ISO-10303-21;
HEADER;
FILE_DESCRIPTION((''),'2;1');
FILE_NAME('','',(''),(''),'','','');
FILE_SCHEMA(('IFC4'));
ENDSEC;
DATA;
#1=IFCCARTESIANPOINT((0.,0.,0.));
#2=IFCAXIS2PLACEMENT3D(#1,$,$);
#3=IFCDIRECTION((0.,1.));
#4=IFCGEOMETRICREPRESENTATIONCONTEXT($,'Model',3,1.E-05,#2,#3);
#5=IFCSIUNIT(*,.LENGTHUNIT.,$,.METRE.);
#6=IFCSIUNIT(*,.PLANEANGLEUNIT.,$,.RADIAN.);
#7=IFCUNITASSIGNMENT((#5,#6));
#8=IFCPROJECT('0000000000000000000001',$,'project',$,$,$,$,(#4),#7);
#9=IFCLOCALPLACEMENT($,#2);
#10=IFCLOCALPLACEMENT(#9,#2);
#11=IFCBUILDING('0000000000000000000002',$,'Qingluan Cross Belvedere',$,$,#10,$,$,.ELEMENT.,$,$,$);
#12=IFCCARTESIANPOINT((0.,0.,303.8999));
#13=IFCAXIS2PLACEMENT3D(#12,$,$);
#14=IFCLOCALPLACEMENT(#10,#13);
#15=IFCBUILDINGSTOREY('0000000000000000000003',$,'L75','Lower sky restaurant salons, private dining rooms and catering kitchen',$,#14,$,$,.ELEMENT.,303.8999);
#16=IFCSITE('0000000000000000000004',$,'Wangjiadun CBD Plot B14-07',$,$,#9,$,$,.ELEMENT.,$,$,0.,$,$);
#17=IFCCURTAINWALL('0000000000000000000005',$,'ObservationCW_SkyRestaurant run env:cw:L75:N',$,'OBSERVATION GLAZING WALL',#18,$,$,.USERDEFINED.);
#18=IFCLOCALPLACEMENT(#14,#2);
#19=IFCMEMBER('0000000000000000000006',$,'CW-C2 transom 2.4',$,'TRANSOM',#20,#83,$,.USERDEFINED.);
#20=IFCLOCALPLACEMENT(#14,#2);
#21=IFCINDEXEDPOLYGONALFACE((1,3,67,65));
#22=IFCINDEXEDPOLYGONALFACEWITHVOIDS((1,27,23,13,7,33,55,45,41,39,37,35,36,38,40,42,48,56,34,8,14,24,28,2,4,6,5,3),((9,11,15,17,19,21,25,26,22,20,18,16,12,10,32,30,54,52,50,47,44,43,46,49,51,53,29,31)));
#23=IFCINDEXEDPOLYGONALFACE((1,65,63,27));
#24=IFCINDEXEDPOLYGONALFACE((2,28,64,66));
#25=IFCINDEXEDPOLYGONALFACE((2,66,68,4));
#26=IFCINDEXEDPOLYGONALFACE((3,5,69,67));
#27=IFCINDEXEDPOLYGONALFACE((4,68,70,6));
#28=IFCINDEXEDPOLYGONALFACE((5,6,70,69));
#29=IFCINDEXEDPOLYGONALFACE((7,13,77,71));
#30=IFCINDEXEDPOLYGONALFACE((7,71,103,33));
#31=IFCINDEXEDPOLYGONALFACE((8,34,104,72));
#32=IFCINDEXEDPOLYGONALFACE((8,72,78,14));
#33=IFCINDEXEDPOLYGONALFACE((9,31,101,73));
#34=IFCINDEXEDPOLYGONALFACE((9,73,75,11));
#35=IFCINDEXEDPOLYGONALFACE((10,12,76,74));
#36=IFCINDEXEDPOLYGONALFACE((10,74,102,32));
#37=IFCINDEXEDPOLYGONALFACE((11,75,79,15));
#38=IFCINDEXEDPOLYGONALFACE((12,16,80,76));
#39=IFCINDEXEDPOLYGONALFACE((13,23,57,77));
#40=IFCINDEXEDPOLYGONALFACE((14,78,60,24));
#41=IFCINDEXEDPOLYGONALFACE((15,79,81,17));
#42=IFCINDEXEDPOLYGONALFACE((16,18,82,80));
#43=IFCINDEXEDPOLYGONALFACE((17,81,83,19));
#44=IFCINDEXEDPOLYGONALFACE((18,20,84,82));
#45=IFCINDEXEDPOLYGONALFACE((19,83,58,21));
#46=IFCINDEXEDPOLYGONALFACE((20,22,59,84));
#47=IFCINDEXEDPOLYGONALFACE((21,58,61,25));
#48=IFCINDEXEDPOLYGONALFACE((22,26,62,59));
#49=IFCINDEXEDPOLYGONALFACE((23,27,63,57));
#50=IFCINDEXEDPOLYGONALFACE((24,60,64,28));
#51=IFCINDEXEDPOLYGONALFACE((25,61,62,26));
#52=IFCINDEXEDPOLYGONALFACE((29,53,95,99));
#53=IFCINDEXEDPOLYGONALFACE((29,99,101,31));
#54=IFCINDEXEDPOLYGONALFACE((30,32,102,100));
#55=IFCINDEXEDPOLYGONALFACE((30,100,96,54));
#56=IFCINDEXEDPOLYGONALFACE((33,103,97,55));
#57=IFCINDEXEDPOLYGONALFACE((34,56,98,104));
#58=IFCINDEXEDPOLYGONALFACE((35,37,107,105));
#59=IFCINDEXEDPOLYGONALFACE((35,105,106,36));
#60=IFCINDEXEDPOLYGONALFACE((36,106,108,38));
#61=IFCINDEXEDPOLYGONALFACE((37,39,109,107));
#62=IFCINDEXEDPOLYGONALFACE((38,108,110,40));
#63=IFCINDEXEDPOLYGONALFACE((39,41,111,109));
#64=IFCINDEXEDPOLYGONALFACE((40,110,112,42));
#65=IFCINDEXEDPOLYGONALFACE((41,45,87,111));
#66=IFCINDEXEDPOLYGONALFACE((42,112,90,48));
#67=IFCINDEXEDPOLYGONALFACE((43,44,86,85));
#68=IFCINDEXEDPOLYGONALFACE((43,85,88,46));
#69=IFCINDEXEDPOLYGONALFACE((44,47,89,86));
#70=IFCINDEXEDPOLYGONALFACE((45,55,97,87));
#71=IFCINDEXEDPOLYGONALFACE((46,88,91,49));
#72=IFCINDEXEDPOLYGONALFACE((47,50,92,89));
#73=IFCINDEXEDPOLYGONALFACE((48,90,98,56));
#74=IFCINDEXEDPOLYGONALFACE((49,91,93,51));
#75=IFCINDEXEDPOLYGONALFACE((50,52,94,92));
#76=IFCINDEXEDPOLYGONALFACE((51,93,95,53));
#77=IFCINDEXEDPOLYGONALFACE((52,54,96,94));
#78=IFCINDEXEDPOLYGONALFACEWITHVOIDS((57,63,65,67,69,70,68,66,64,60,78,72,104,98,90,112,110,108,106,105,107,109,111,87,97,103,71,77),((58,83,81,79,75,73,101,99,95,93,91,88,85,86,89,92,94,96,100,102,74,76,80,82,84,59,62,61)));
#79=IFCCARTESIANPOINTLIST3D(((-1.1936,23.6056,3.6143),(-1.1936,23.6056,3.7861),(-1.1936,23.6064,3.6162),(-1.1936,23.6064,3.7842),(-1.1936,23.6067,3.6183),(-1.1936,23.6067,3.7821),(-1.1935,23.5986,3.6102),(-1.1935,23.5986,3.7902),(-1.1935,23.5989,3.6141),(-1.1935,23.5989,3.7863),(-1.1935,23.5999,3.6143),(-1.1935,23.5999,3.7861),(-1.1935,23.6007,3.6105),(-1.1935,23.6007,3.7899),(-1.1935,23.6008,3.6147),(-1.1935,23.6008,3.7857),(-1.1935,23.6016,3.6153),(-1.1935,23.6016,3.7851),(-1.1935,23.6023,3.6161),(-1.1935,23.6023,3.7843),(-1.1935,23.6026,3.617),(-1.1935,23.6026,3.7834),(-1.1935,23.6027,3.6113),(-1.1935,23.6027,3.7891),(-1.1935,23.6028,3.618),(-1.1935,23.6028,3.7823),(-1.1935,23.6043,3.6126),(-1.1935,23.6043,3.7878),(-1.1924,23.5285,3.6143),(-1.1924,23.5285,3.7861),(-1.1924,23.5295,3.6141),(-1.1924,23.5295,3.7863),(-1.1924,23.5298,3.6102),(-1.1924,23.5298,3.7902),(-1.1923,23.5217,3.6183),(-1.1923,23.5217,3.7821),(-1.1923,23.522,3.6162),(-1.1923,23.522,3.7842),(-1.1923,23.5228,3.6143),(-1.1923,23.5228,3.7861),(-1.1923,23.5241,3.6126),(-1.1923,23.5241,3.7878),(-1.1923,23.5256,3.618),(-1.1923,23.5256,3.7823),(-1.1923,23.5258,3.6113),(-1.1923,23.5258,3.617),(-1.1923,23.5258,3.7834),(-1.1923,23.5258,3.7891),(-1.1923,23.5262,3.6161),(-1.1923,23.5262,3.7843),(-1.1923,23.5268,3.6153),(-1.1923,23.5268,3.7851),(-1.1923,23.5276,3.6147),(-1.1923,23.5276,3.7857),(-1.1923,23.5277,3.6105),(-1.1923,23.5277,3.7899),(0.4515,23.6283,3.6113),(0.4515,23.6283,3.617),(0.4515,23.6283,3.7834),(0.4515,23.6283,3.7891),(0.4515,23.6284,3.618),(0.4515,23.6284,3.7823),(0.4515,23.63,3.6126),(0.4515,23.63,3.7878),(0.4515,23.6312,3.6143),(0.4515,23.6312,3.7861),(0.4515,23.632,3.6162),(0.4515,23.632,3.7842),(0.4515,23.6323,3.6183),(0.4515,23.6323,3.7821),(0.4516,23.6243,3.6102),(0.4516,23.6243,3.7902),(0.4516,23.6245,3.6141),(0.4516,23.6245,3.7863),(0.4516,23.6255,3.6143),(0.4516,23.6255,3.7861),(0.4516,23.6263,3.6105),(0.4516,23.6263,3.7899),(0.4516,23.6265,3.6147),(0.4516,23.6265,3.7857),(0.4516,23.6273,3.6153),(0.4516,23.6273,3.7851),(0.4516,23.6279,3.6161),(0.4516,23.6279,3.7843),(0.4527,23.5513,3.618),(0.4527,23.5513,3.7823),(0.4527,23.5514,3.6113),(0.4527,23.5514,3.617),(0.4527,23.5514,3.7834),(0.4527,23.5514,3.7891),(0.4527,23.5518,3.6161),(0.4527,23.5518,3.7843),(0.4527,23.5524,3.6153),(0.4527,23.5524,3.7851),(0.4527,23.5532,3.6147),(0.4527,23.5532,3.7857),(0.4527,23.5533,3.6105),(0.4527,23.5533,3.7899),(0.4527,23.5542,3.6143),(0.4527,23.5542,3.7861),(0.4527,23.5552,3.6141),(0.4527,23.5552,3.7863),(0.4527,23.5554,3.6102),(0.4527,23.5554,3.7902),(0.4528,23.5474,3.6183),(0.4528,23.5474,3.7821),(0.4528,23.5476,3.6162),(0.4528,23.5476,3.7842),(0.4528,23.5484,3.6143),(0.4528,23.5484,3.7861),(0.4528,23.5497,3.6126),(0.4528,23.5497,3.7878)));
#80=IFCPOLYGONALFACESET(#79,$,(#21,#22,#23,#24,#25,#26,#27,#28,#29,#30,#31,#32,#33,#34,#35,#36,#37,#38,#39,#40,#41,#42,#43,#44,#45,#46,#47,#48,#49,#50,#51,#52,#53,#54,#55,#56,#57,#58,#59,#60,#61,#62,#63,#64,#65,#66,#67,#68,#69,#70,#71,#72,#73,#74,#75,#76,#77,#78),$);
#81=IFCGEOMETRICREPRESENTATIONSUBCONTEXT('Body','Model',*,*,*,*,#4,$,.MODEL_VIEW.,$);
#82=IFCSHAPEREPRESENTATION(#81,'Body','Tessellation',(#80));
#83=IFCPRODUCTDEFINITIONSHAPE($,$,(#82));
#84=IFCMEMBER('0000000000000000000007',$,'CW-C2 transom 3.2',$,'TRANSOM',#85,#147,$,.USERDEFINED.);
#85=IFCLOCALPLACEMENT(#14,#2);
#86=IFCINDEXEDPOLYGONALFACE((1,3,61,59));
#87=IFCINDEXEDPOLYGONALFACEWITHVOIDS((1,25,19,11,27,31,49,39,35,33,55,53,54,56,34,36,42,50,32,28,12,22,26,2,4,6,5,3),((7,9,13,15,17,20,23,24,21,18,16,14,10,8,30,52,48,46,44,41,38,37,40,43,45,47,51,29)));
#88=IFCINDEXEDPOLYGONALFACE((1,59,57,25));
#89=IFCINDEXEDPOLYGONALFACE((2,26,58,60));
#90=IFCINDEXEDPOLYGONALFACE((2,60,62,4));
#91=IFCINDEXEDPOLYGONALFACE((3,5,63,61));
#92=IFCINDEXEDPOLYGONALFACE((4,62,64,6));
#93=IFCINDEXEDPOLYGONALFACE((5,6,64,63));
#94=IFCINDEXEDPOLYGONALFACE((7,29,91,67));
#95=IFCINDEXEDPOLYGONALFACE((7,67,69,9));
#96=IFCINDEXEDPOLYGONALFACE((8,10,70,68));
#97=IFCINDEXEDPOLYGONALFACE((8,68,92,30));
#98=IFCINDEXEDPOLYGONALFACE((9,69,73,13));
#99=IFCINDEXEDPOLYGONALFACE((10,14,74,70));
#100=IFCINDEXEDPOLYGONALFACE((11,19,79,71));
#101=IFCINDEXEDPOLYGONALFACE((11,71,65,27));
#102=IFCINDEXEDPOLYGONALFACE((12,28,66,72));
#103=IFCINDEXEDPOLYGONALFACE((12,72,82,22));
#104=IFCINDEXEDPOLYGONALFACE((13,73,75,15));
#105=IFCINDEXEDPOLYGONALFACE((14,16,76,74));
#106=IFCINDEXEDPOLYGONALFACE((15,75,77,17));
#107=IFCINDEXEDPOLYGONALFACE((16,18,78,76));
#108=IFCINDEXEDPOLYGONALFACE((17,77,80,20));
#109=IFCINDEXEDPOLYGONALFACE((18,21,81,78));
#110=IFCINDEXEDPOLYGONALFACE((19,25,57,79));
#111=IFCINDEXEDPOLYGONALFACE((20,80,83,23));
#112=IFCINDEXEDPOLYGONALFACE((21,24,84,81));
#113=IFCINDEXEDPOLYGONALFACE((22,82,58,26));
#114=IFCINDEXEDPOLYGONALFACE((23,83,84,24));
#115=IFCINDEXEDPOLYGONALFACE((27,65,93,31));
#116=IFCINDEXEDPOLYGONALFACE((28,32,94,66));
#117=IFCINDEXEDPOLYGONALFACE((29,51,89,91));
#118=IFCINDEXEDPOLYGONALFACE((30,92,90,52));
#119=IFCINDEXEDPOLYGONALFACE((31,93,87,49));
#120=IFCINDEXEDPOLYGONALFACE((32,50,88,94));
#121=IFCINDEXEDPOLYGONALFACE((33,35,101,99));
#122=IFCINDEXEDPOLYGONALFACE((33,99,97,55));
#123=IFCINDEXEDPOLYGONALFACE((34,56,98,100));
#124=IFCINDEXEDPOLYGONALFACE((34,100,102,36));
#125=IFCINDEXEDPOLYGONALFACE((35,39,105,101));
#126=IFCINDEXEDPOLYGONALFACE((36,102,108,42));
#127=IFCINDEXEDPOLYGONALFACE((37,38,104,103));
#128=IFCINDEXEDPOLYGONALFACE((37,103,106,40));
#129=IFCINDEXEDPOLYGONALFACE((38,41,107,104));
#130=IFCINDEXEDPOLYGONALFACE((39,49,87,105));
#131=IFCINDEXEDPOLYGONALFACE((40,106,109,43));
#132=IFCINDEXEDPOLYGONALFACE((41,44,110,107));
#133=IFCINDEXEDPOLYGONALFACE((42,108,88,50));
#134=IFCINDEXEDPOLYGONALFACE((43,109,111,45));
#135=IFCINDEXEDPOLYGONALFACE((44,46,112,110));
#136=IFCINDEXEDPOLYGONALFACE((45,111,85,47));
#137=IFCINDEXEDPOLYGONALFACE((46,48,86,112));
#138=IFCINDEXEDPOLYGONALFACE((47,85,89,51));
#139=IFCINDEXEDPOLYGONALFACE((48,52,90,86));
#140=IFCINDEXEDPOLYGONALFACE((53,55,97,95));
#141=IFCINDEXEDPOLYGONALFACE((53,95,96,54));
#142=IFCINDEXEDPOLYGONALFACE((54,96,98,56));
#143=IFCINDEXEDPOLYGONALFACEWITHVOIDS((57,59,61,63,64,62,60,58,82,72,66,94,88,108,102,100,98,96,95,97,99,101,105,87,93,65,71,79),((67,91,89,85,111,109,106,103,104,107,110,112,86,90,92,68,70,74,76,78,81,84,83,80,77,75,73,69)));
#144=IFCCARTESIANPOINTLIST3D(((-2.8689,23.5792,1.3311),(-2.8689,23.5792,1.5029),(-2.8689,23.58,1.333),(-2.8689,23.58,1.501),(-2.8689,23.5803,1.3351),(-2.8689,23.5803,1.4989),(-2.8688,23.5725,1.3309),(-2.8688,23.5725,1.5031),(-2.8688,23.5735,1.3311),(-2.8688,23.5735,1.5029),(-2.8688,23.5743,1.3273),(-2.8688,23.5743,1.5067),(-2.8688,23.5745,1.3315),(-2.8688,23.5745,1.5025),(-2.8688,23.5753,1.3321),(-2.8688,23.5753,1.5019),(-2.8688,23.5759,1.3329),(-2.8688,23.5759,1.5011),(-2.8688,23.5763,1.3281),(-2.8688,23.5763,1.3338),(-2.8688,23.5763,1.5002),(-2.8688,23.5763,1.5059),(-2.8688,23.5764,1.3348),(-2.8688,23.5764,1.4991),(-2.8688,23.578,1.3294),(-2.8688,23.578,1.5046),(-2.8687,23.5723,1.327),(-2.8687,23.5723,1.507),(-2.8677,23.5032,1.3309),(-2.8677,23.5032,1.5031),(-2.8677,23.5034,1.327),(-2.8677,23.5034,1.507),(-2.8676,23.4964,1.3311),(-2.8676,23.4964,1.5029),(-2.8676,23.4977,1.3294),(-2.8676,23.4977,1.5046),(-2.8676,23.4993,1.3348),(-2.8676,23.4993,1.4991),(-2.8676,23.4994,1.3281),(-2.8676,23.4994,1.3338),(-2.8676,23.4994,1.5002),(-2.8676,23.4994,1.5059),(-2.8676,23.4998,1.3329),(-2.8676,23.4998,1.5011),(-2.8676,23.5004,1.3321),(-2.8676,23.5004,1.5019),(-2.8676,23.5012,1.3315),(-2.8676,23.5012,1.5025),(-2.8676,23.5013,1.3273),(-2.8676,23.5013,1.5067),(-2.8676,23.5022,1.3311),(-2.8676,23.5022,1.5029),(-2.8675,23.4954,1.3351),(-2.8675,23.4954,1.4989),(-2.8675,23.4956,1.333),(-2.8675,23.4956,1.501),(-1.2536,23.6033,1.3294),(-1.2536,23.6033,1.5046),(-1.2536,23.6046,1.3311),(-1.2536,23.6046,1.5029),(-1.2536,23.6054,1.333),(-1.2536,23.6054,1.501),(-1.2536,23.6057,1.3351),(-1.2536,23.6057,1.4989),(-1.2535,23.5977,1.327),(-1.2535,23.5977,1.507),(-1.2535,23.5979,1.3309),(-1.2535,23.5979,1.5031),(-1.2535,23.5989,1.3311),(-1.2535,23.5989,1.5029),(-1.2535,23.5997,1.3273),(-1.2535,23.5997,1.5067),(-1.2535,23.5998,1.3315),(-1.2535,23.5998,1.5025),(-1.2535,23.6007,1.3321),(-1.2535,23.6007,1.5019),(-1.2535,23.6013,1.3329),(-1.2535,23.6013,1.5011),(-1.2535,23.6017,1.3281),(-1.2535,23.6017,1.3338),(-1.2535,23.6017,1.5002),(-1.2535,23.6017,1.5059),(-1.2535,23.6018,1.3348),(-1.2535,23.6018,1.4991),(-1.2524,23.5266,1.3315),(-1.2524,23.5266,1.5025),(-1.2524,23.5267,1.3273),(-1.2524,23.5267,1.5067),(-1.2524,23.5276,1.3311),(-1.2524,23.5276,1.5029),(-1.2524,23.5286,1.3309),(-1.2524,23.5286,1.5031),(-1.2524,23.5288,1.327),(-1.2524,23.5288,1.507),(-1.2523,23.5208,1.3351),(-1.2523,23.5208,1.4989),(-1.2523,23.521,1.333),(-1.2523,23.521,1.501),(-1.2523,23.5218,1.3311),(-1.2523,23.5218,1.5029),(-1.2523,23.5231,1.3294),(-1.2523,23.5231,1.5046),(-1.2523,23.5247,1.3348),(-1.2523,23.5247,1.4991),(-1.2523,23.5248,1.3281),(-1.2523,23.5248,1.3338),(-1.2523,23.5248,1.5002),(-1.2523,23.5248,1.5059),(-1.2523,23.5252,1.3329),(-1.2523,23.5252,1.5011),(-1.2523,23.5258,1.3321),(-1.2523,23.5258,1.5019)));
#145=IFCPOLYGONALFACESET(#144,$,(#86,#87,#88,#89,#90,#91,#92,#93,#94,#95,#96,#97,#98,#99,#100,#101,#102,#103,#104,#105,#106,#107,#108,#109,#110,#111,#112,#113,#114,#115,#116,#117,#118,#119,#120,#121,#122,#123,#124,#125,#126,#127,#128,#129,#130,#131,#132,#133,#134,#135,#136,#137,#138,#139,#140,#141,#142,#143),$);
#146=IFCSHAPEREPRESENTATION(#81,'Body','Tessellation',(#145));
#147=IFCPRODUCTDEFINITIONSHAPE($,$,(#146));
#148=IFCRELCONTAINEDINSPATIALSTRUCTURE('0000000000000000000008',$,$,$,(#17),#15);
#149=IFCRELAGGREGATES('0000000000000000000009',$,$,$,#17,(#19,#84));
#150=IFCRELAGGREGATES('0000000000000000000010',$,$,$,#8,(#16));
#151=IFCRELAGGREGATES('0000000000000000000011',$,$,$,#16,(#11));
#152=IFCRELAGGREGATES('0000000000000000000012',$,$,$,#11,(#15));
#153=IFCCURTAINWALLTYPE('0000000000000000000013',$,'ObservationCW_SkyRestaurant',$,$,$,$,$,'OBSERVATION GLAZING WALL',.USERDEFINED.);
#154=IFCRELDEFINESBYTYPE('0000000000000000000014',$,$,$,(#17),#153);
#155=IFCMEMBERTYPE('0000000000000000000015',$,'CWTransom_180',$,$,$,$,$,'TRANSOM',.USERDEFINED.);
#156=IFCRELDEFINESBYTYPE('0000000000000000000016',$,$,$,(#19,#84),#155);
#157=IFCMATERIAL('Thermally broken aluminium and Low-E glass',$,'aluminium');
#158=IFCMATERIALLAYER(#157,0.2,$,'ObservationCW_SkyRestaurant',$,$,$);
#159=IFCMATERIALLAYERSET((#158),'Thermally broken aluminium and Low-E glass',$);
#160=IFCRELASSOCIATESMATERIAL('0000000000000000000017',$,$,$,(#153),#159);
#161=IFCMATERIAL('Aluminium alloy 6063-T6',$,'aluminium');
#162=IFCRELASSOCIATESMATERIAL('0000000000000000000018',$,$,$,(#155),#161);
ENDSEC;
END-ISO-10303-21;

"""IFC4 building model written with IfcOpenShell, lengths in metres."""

from ifc_helpers import new_model, si_unit, direction, frame, origin, origin_2d, place, context, subcontext, project, spatial, hollow_rectangle, extrude, material, layer, layer_set, material_profile, profile_set, type_object, element, aggregate, save


model = new_model("IFC4")

# Units and contexts
model_context = context("Model", 3, precision=1e-05, world=origin(), true_north=direction((0.0, 1.0)))
body_context = subcontext(model_context, "Body", "Model", "MODEL_VIEW")
ifc_project = project(units=[si_unit("LENGTHUNIT", "METRE"), si_unit("PLANEANGLEUNIT", "RADIAN")], contexts=[model_context])

# Site, building, storey
site_placement = place(None, origin())
site = spatial("IfcSite", under=ifc_project, at=site_placement, Name="Wangjiadun CBD Plot B14-07", CompositionType="ELEMENT", RefElevation=0.0)
building_placement = place(site_placement, origin())
building = spatial("IfcBuilding", under=site, at=building_placement, Name="Qingluan Cross Belvedere", CompositionType="ELEMENT")
storey_placement = place(building_placement, frame((0.0, 0.0, 303.8999)))
storey = spatial("IfcBuildingStorey", under=building, at=storey_placement, Name="L75", Description="Lower sky restaurant salons, private dining rooms and catering kitchen", CompositionType="ELEMENT", Elevation=303.8999)

# Curtain wall, members
ifc_material_1 = material(Name="Thermally broken aluminium and Low-E glass", Category="aluminium")
ifc_layer_1 = layer(ifc_material_1, 0.2, Name="ObservationCW_SkyRestaurant")
ifc_layer_set_1 = layer_set([ifc_layer_1], Name="Thermally broken aluminium and Low-E glass")
curtain_wall_type = type_object("IfcCurtainWallType", Name="ObservationCW_SkyRestaurant", ElementType="OBSERVATION GLAZING WALL", PredefinedType="USERDEFINED", material=ifc_layer_set_1)
curtain_wall_placement = place(storey_placement, origin())
curtain_wall = element("IfcCurtainWall", 1, at=curtain_wall_placement, inside=storey, type_object=curtain_wall_type, Name="ObservationCW_SkyRestaurant run env:cw:L75:N", ObjectType="OBSERVATION GLAZING WALL", PredefinedType="USERDEFINED")
ifc_material_2 = material(Name="Aluminium alloy 6063-T6", Category="aluminium")
ifc_material_profile_1 = material_profile(ifc_material_2, hollow_rectangle(XDim=0.085, YDim=0.1799, WallThickness=0.0039, InnerFilletRadius=0.0039, OuterFilletRadius=0.0081, at=origin_2d()), Name="CWT180x85x4")
ifc_profile_set_1 = profile_set([ifc_material_profile_1], Name="Aluminium alloy 6063-T6")
member_type_1 = type_object("IfcMemberType", Name="CWTransom_180", ElementType="TRANSOM", PredefinedType="USERDEFINED", material=ifc_profile_set_1)
member_1_placement = place(storey_placement, frame((0.4521, 23.5898, 3.7002), z_axis=(-0.999879, -0.015581, 0.0), x_axis=(0.015581, -0.999879, 0.0)))
member_1 = element("IfcMember", 2, at=member_1_placement, type_object=member_type_1, Name="CW-C2 transom 2.4", ObjectType="TRANSOM", PredefinedType="USERDEFINED", context=body_context, shape_type="SweptSolid", body=[
    extrude(hollow_rectangle(XDim=0.085, YDim=0.1799, WallThickness=0.0039, InnerFilletRadius=0.0039, OuterFilletRadius=0.0081, at=origin_2d()), origin(), (0.0, 0.0, 1.0), 1.6453),
])
member_2_placement = place(storey_placement, frame((-1.2529, 23.5632, 1.417), z_axis=(-0.999876, -0.015718, 0.0), x_axis=(0.015718, -0.999876, 0.0)))
member_2 = element("IfcMember", 3, at=member_2_placement, type_object=member_type_1, Name="CW-C2 transom 3.2", ObjectType="TRANSOM", PredefinedType="USERDEFINED", context=body_context, shape_type="SweptSolid", body=[
    extrude(hollow_rectangle(XDim=0.085, YDim=0.1799, WallThickness=0.0039, InnerFilletRadius=0.0039, OuterFilletRadius=0.0081, at=origin_2d()), origin(), (0.0, 0.0, 1.0), 1.6155),
])
aggregate(curtain_wall, [member_1, member_2])

save(model, "model.ifc")
